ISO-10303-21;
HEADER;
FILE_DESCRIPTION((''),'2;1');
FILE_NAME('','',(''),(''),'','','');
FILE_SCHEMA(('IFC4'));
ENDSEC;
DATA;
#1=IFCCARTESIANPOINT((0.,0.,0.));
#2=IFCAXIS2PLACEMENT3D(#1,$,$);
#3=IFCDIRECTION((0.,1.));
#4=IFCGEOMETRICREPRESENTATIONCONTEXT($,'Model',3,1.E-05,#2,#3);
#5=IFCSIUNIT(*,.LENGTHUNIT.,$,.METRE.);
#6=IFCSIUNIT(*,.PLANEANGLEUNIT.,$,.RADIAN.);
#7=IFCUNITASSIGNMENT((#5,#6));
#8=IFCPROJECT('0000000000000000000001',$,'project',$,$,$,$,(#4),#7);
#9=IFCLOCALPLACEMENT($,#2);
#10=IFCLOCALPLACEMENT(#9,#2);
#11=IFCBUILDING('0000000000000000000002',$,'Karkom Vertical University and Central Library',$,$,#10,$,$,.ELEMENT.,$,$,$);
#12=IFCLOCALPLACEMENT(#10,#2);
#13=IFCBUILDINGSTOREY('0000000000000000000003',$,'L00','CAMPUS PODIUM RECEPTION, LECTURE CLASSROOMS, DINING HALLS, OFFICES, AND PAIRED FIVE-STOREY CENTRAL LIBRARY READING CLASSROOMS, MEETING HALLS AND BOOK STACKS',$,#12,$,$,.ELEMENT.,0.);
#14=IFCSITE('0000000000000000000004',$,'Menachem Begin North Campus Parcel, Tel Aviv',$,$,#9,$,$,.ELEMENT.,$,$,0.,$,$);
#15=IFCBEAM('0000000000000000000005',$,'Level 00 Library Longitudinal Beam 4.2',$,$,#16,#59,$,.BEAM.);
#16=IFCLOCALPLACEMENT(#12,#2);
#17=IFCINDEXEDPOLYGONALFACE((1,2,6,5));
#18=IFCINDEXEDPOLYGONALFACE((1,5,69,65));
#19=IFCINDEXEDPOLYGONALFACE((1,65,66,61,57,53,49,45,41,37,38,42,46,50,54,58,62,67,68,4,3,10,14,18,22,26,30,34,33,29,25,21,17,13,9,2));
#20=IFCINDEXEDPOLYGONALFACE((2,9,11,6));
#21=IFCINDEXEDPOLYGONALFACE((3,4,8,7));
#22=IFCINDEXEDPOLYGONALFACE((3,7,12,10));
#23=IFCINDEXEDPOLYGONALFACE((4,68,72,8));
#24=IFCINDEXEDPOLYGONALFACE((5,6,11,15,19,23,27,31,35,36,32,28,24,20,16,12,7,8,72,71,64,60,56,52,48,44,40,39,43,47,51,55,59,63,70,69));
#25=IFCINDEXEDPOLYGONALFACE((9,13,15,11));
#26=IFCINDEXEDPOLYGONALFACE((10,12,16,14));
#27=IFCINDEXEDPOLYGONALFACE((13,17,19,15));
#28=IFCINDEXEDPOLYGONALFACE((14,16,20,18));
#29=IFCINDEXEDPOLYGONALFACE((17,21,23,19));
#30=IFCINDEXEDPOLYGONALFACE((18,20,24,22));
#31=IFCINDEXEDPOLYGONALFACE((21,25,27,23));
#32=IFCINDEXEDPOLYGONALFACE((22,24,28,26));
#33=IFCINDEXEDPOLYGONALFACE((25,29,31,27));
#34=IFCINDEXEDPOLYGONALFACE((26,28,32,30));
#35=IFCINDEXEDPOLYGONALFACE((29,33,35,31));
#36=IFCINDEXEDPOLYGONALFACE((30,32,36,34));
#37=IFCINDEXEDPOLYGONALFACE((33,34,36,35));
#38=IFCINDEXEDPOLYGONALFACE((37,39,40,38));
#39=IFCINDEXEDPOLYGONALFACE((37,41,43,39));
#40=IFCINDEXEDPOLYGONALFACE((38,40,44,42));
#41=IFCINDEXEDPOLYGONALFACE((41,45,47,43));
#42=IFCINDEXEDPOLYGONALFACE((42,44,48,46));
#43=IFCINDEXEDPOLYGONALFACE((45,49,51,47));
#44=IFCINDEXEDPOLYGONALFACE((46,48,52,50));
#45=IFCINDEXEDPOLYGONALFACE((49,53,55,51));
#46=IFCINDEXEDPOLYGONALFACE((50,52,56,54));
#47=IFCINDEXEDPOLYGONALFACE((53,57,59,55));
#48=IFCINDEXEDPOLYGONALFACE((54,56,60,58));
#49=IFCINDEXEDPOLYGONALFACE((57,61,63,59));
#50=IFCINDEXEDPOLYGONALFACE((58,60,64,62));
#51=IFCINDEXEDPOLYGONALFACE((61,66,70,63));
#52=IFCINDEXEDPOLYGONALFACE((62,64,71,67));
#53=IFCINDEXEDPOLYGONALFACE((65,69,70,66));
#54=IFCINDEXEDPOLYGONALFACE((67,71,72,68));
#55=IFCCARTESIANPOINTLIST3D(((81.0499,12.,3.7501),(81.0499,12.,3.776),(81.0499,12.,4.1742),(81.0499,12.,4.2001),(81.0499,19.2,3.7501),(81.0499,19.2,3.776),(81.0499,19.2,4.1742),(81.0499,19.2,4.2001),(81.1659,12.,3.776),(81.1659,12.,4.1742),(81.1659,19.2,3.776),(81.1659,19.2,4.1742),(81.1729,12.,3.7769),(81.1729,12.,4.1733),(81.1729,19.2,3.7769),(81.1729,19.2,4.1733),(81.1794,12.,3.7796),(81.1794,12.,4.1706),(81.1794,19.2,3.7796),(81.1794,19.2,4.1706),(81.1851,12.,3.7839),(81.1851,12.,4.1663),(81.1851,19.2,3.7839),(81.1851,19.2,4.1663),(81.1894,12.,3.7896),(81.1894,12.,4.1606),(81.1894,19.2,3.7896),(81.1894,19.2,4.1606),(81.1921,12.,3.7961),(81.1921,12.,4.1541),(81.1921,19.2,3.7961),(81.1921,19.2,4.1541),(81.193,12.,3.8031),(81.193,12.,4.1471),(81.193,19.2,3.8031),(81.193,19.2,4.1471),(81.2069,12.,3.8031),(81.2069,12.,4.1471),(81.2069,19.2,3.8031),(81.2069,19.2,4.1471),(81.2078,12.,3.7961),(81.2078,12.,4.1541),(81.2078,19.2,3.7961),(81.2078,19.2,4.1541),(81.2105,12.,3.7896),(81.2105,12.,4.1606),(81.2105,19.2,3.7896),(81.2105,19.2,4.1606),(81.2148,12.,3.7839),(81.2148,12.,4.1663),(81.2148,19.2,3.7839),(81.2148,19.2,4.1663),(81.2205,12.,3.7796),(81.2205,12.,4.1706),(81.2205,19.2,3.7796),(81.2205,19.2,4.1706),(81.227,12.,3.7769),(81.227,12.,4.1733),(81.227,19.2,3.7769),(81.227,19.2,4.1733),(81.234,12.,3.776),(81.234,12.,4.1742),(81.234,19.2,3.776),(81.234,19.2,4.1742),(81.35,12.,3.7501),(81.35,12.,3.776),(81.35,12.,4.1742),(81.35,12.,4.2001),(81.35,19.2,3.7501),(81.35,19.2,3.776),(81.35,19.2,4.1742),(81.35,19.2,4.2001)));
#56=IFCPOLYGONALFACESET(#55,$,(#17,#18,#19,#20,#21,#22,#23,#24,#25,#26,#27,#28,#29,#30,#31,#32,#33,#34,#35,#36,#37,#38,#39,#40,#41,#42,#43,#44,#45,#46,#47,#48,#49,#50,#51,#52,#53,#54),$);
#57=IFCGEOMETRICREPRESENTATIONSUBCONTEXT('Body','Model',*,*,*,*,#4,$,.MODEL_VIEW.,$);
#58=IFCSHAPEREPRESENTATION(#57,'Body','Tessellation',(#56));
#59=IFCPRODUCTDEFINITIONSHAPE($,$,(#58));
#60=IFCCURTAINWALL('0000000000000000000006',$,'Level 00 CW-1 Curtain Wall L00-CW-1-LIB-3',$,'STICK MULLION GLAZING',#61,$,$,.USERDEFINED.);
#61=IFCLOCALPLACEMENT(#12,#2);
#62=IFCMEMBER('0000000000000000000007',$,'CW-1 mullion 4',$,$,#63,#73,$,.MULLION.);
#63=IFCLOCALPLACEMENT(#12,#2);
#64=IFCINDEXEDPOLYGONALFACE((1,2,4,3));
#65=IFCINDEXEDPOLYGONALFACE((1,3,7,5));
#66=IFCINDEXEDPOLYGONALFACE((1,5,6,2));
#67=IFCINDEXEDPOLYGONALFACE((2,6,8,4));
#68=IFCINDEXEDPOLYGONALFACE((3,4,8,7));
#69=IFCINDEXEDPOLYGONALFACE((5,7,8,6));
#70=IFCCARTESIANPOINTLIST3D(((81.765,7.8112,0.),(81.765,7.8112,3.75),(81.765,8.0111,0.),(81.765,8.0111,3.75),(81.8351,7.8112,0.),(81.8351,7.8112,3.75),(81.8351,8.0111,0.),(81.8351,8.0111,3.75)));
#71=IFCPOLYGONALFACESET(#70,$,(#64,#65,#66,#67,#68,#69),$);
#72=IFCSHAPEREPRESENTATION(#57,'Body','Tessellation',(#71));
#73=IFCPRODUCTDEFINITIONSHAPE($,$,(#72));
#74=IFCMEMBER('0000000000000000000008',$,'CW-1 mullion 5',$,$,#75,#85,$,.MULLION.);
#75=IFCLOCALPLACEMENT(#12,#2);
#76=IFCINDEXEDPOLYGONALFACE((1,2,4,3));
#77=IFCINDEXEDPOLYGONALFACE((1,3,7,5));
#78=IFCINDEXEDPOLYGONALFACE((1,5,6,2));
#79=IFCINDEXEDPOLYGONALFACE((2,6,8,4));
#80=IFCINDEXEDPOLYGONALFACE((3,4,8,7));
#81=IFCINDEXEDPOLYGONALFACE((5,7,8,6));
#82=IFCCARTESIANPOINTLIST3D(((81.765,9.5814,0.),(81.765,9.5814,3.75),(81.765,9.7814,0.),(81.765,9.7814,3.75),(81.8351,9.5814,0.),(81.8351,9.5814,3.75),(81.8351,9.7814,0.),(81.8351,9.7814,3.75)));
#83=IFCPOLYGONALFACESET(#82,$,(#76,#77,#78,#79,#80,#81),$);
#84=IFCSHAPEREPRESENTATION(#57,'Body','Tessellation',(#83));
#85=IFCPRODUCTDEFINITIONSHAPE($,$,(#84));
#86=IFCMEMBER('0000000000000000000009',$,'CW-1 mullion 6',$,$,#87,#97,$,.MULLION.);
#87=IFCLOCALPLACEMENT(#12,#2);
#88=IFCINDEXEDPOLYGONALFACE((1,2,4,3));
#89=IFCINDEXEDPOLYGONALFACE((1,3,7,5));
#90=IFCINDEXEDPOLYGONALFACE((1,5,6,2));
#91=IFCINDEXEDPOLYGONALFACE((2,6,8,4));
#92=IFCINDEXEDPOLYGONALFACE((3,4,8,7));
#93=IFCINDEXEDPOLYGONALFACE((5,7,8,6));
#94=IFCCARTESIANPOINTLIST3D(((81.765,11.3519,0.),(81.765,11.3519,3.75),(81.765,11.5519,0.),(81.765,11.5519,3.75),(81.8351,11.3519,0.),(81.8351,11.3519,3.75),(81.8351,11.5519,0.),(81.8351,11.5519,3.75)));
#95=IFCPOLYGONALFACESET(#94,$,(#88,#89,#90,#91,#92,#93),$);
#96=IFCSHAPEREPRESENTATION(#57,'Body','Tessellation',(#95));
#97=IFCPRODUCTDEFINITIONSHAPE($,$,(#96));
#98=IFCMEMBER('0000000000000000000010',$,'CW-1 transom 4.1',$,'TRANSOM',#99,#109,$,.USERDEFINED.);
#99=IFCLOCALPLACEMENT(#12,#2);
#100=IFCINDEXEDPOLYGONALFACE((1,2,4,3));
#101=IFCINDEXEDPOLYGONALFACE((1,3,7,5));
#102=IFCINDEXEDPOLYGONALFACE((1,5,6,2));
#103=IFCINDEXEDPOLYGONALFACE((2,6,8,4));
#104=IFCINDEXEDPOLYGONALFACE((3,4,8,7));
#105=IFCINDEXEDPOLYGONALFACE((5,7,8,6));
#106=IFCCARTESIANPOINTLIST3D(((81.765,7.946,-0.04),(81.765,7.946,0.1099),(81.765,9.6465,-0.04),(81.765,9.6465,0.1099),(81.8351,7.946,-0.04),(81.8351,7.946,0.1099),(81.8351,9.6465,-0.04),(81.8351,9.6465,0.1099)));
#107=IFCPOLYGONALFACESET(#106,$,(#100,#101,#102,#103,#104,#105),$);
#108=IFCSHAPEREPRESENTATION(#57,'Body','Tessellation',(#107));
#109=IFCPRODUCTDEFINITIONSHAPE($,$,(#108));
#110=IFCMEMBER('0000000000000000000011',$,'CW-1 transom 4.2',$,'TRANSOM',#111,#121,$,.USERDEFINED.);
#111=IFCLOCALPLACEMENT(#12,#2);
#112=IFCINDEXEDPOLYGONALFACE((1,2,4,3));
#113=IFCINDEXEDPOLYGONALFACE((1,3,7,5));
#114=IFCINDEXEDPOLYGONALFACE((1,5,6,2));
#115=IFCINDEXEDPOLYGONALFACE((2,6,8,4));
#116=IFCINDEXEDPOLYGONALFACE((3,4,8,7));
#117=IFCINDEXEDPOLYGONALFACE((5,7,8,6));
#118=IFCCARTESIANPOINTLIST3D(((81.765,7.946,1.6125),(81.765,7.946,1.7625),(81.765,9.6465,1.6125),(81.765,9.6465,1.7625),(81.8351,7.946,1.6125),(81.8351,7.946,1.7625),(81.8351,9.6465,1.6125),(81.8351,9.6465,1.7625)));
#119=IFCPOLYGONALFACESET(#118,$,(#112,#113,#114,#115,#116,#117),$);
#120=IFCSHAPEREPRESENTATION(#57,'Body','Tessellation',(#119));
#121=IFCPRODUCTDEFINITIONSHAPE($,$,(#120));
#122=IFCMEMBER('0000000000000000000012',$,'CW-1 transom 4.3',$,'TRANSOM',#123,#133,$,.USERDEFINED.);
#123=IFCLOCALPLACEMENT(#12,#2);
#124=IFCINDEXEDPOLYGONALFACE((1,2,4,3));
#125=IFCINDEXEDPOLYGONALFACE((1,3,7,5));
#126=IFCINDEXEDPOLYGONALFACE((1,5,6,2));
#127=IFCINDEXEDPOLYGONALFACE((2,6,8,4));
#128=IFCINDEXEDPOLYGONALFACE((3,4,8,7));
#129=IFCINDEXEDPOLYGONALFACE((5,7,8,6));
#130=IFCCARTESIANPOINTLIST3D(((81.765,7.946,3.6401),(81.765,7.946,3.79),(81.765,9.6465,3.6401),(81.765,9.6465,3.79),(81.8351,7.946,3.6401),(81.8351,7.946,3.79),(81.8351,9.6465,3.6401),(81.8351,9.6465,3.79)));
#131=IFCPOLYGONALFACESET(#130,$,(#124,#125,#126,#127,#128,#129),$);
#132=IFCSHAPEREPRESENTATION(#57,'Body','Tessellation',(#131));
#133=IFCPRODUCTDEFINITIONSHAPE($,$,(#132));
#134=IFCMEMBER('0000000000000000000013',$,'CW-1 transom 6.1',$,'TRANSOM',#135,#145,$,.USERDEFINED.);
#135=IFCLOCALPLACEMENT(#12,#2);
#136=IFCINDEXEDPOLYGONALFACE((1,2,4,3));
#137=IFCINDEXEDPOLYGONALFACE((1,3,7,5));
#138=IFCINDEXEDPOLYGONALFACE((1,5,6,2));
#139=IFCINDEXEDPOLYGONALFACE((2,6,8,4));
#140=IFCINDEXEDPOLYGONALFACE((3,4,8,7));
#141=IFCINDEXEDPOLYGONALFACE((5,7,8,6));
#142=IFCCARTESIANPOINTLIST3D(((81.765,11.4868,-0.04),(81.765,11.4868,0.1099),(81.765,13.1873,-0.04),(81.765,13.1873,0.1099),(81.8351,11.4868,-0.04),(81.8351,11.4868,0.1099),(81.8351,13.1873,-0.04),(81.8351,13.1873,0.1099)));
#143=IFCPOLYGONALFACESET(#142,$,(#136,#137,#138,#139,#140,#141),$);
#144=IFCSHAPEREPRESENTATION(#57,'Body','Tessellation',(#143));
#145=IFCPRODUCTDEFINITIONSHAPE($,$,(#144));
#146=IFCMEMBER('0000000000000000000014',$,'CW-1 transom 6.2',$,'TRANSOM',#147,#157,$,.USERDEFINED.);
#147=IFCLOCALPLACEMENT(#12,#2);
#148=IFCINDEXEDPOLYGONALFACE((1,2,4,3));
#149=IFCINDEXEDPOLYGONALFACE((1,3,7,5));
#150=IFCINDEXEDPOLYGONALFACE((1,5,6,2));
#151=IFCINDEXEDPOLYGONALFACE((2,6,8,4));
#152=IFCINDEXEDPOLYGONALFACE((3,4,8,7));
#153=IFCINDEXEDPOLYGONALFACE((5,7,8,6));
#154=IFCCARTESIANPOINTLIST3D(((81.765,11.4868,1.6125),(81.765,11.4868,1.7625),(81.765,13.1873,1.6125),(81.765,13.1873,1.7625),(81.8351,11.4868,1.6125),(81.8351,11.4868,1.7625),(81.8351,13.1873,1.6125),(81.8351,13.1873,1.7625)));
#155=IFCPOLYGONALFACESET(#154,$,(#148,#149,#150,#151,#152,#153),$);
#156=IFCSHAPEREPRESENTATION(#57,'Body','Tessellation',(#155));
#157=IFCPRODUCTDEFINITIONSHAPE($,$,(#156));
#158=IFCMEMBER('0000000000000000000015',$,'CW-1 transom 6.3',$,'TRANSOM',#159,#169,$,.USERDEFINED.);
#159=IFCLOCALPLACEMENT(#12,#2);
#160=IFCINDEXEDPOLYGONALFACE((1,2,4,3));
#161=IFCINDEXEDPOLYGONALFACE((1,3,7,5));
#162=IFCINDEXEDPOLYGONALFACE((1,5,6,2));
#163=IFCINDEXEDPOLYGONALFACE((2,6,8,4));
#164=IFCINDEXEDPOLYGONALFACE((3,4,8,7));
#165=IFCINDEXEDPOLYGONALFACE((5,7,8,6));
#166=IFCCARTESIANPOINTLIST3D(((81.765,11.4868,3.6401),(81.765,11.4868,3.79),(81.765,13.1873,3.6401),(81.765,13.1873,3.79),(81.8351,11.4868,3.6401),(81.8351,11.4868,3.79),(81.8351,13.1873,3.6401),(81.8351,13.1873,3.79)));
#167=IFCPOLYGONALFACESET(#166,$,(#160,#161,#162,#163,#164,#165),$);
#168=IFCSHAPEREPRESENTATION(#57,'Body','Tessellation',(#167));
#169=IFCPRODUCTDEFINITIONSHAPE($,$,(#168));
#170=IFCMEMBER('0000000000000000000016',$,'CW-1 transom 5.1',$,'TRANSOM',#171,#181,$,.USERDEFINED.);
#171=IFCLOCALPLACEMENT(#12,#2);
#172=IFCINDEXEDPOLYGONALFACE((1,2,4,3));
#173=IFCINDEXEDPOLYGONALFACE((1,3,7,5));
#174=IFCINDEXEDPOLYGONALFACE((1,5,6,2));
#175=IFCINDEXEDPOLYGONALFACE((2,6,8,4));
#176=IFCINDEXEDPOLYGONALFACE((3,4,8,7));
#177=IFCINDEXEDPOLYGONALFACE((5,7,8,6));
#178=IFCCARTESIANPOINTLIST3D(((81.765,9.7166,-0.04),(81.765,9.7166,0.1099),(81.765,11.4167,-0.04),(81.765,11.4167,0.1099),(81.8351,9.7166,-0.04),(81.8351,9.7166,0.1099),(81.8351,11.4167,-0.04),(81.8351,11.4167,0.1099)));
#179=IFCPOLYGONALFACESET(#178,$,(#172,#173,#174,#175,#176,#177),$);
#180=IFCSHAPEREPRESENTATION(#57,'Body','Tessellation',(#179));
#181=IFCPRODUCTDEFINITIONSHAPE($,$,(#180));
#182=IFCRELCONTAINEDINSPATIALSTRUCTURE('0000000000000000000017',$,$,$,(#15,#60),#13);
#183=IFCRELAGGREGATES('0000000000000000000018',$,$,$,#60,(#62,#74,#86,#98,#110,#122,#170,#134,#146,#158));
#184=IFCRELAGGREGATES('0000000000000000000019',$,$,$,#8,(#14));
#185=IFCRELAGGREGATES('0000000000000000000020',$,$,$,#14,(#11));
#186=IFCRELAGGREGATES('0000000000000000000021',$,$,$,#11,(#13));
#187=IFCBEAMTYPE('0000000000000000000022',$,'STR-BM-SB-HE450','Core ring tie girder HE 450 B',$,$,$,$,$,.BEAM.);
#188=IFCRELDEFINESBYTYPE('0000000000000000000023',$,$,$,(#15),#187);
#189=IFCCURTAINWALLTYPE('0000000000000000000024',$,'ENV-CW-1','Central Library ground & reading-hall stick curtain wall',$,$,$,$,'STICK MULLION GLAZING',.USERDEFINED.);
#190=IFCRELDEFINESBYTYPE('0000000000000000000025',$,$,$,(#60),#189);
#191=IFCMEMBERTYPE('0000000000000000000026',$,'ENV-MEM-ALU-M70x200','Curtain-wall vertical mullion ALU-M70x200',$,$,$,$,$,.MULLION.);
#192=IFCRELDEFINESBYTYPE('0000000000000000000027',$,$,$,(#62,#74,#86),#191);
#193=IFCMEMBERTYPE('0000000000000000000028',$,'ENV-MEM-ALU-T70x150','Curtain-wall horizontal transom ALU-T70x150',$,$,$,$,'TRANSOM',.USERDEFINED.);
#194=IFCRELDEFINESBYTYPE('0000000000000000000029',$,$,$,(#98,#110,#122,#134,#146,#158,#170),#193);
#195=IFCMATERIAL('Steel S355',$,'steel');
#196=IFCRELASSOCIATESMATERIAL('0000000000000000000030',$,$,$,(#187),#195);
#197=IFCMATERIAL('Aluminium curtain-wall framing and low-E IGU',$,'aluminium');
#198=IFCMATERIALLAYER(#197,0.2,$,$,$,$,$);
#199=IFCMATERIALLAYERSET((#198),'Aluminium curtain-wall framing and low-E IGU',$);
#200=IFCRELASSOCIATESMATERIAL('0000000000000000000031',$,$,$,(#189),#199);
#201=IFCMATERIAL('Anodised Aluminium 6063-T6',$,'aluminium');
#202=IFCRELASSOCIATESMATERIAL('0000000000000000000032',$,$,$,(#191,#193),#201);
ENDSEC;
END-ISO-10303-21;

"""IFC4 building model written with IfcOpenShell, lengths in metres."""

from ifc_helpers import new_model, si_unit, direction, frame, origin, origin_with_axes, origin_2d, place, context, subcontext, project, spatial, rectangle, i_section, extrude, source, transform, mapped, material, layer, layer_set, material_profile, profile_set, type_object, element, aggregate, save


model = new_model("IFC4")

# Units and contexts
model_context = context("Model", 3, precision=1e-05, world=origin(), true_north=direction((0.0, 1.0)))
body_context = subcontext(model_context, "Body", "Model", "MODEL_VIEW")
ifc_project = project(units=[si_unit("LENGTHUNIT", "METRE"), si_unit("PLANEANGLEUNIT", "RADIAN")], contexts=[model_context])

# Site, building, storey
site_placement = place(None, origin())
site = spatial("IfcSite", under=ifc_project, at=site_placement, Name="Menachem Begin North Campus Parcel, Tel Aviv", CompositionType="ELEMENT", RefElevation=0.0)
building_placement = place(site_placement, origin())
building = spatial("IfcBuilding", under=site, at=building_placement, Name="Karkom Vertical University and Central Library", CompositionType="ELEMENT")
storey_placement = place(building_placement, origin())
storey = spatial("IfcBuildingStorey", under=building, at=storey_placement, Name="L00", Description="CAMPUS PODIUM RECEPTION, LECTURE CLASSROOMS, DINING HALLS, OFFICES, AND PAIRED FIVE-STOREY CENTRAL LIBRARY READING CLASSROOMS, MEETING HALLS AND BOOK STACKS", CompositionType="ELEMENT", Elevation=0.0)

# Beam
ifc_material_1 = material(Name="Steel S355", Category="steel")
ifc_material_profile_1 = material_profile(ifc_material_1, i_section(OverallWidth=0.3, OverallDepth=0.45, WebThickness=0.0139, FlangeThickness=0.0259, FilletRadius=0.0271, at=origin_2d()), Name="HE 450 B")
ifc_profile_set_1 = profile_set([ifc_material_profile_1], Name="Steel S355")
beam_type_1 = type_object("IfcBeamType", Name="STR-BM-SB-HE450", Description="Core ring tie girder HE 450 B", PredefinedType="BEAM", material=ifc_profile_set_1)
shared_shape_1 = source(origin_with_axes(), body_context, "Body", "SweptSolid", [
    extrude(i_section(OverallWidth=0.3, OverallDepth=0.45, WebThickness=0.0139, FlangeThickness=0.0259, FilletRadius=0.0271, at=origin_2d()), origin(), (0.0, 0.0, 1.0), 7.2),
])
for number, where, z_axis, x_axis, name in (
    (1, (81.2, 12.0, 3.9751), (0.0, 1.0, 0.0), (-1.0, 0.0, 0.0), "Level 00 Library Longitudinal Beam 4.2"),
):
    element("IfcBeam", number, at=place(storey_placement, frame(where, z_axis=z_axis, x_axis=x_axis)), inside=storey, type_object=beam_type_1, Name=name, PredefinedType="BEAM", context=body_context, shape_type="MappedRepresentation", body=[
        mapped(shared_shape_1, transform((0.0, 0.0, 0.0), scale=1.0)),
    ])

# Curtain wall, members
ifc_material_2 = material(Name="Aluminium curtain-wall framing and low-E IGU", Category="aluminium")
ifc_layer_1 = layer(ifc_material_2, 0.2)
ifc_layer_set_1 = layer_set([ifc_layer_1], Name="Aluminium curtain-wall framing and low-E IGU")
curtain_wall_type = type_object("IfcCurtainWallType", Name="ENV-CW-1", Description="Central Library ground & reading-hall stick curtain wall", ElementType="STICK MULLION GLAZING", PredefinedType="USERDEFINED", material=ifc_layer_set_1)
curtain_wall_placement = place(storey_placement, origin())
curtain_wall = element("IfcCurtainWall", 2, at=curtain_wall_placement, inside=storey, type_object=curtain_wall_type, Name="Level 00 CW-1 Curtain Wall L00-CW-1-LIB-3", ObjectType="STICK MULLION GLAZING", PredefinedType="USERDEFINED")
ifc_material_3 = material(Name="Anodised Aluminium 6063-T6", Category="aluminium")
ifc_material_profile_2 = material_profile(ifc_material_3, rectangle(XDim=0.0701, YDim=0.2, at=origin_2d()), Name="ALU-M70x200")
ifc_profile_set_2 = profile_set([ifc_material_profile_2], Name="Anodised Aluminium 6063-T6")
member_type_1 = type_object("IfcMemberType", Name="ENV-MEM-ALU-M70x200", Description="Curtain-wall vertical mullion ALU-M70x200", PredefinedType="MULLION", material=ifc_profile_set_2)
shared_shape_2 = source(origin_with_axes(), body_context, "Body", "SweptSolid", [
    extrude(rectangle(XDim=0.0701, YDim=0.2, at=origin_2d()), origin(), (0.0, 0.0, 1.0), 3.75),
])
member_1_placement = place(storey_placement, frame((81.8, 7.9111, 0.0), z_axis=(0.0, 0.0, 1.0), x_axis=(-1.0, 0.0, 0.0)))
member_1 = element("IfcMember", 3, at=member_1_placement, type_object=member_type_1, Name="CW-1 mullion 4", PredefinedType="MULLION", context=body_context, shape_type="MappedRepresentation", body=[
    mapped(shared_shape_2, transform((0.0, 0.0, 0.0), scale=1.0)),
])
member_2_placement = place(storey_placement, frame((81.8, 9.6814, 0.0), z_axis=(0.0, 0.0, 1.0), x_axis=(-1.0, 0.0, 0.0)))
member_2 = element("IfcMember", 4, at=member_2_placement, type_object=member_type_1, Name="CW-1 mullion 5", PredefinedType="MULLION", context=body_context, shape_type="MappedRepresentation", body=[
    mapped(shared_shape_2, transform((0.0, 0.0, 0.0), scale=1.0)),
])
member_3_placement = place(storey_placement, frame((81.8, 11.4519, 0.0), z_axis=(0.0, 0.0, 1.0), x_axis=(-1.0, 0.0, 0.0)))
member_3 = element("IfcMember", 5, at=member_3_placement, type_object=member_type_1, Name="CW-1 mullion 6", PredefinedType="MULLION", context=body_context, shape_type="MappedRepresentation", body=[
    mapped(shared_shape_2, transform((0.0, 0.0, 0.0), scale=1.0)),
])
ifc_material_profile_3 = material_profile(ifc_material_3, rectangle(XDim=0.0701, YDim=0.1499, at=origin_2d()), Name="ALU-T70x150")
ifc_profile_set_3 = profile_set([ifc_material_profile_3], Name="Anodised Aluminium 6063-T6")
member_type_2 = type_object("IfcMemberType", Name="ENV-MEM-ALU-T70x150", Description="Curtain-wall horizontal transom ALU-T70x150", ElementType="TRANSOM", PredefinedType="USERDEFINED", material=ifc_profile_set_3)
shared_shape_3 = source(origin_with_axes(), body_context, "Body", "SweptSolid", [
    extrude(rectangle(XDim=0.0701, YDim=0.1499, at=origin_2d()), origin(), (0.0, 0.0, 1.0), 1.7004),
])
member_4_placement = place(storey_placement, frame((81.8, 7.946, 0.0349), z_axis=(0.0, 1.0, 0.0), x_axis=(-1.0, 0.0, 0.0)))
member_4 = element("IfcMember", 6, at=member_4_placement, type_object=member_type_2, Name="CW-1 transom 4.1", ObjectType="TRANSOM", PredefinedType="USERDEFINED", context=body_context, shape_type="MappedRepresentation", body=[
    mapped(shared_shape_3, transform((0.0, 0.0, 0.0), scale=1.0)),
])
member_5_placement = place(storey_placement, frame((81.8, 7.946, 1.6875), z_axis=(0.0, 1.0, 0.0), x_axis=(-1.0, 0.0, 0.0)))
member_5 = element("IfcMember", 7, at=member_5_placement, type_object=member_type_2, Name="CW-1 transom 4.2", ObjectType="TRANSOM", PredefinedType="USERDEFINED", context=body_context, shape_type="MappedRepresentation", body=[
    mapped(shared_shape_3, transform((0.0, 0.0, 0.0), scale=1.0)),
])
member_6_placement = place(storey_placement, frame((81.8, 7.946, 3.7151), z_axis=(0.0, 1.0, 0.0), x_axis=(-1.0, 0.0, 0.0)))
member_6 = element("IfcMember", 8, at=member_6_placement, type_object=member_type_2, Name="CW-1 transom 4.3", ObjectType="TRANSOM", PredefinedType="USERDEFINED", context=body_context, shape_type="MappedRepresentation", body=[
    mapped(shared_shape_3, transform((0.0, 0.0, 0.0), scale=1.0)),
])
member_7_placement = place(storey_placement, frame((81.8, 11.4868, 0.0349), z_axis=(0.0, 1.0, 0.0), x_axis=(-1.0, 0.0, 0.0)))
member_7 = element("IfcMember", 9, at=member_7_placement, type_object=member_type_2, Name="CW-1 transom 6.1", ObjectType="TRANSOM", PredefinedType="USERDEFINED", context=body_context, shape_type="MappedRepresentation", body=[
    mapped(shared_shape_3, transform((0.0, 0.0, 0.0), scale=1.0)),
])
member_8_placement = place(storey_placement, frame((81.8, 11.4868, 1.6875), z_axis=(0.0, 1.0, 0.0), x_axis=(-1.0, 0.0, 0.0)))
member_8 = element("IfcMember", 10, at=member_8_placement, type_object=member_type_2, Name="CW-1 transom 6.2", ObjectType="TRANSOM", PredefinedType="USERDEFINED", context=body_context, shape_type="MappedRepresentation", body=[
    mapped(shared_shape_3, transform((0.0, 0.0, 0.0), scale=1.0)),
])
member_9_placement = place(storey_placement, frame((81.8, 11.4868, 3.7151), z_axis=(0.0, 1.0, 0.0), x_axis=(-1.0, 0.0, 0.0)))
member_9 = element("IfcMember", 11, at=member_9_placement, type_object=member_type_2, Name="CW-1 transom 6.3", ObjectType="TRANSOM", PredefinedType="USERDEFINED", context=body_context, shape_type="MappedRepresentation", body=[
    mapped(shared_shape_3, transform((0.0, 0.0, 0.0), scale=1.0)),
])
shared_shape_4 = source(origin_with_axes(), body_context, "Body", "SweptSolid", [
    extrude(rectangle(XDim=0.0701, YDim=0.1499, at=origin_2d()), origin(), (0.0, 0.0, 1.0), 1.7002),
])
member_10_placement = place(storey_placement, frame((81.8, 9.7166, 0.0349), z_axis=(0.0, 1.0, 0.0), x_axis=(-1.0, 0.0, 0.0)))
member_10 = element("IfcMember", 12, at=member_10_placement, type_object=member_type_2, Name="CW-1 transom 5.1", ObjectType="TRANSOM", PredefinedType="USERDEFINED", context=body_context, shape_type="MappedRepresentation", body=[
    mapped(shared_shape_4, transform((0.0, 0.0, 0.0), scale=1.0)),
])
aggregate(curtain_wall, [member_1, member_2, member_3, member_4, member_5, member_6, member_10, member_7, member_8, member_9])

save(model, "model.ifc")
